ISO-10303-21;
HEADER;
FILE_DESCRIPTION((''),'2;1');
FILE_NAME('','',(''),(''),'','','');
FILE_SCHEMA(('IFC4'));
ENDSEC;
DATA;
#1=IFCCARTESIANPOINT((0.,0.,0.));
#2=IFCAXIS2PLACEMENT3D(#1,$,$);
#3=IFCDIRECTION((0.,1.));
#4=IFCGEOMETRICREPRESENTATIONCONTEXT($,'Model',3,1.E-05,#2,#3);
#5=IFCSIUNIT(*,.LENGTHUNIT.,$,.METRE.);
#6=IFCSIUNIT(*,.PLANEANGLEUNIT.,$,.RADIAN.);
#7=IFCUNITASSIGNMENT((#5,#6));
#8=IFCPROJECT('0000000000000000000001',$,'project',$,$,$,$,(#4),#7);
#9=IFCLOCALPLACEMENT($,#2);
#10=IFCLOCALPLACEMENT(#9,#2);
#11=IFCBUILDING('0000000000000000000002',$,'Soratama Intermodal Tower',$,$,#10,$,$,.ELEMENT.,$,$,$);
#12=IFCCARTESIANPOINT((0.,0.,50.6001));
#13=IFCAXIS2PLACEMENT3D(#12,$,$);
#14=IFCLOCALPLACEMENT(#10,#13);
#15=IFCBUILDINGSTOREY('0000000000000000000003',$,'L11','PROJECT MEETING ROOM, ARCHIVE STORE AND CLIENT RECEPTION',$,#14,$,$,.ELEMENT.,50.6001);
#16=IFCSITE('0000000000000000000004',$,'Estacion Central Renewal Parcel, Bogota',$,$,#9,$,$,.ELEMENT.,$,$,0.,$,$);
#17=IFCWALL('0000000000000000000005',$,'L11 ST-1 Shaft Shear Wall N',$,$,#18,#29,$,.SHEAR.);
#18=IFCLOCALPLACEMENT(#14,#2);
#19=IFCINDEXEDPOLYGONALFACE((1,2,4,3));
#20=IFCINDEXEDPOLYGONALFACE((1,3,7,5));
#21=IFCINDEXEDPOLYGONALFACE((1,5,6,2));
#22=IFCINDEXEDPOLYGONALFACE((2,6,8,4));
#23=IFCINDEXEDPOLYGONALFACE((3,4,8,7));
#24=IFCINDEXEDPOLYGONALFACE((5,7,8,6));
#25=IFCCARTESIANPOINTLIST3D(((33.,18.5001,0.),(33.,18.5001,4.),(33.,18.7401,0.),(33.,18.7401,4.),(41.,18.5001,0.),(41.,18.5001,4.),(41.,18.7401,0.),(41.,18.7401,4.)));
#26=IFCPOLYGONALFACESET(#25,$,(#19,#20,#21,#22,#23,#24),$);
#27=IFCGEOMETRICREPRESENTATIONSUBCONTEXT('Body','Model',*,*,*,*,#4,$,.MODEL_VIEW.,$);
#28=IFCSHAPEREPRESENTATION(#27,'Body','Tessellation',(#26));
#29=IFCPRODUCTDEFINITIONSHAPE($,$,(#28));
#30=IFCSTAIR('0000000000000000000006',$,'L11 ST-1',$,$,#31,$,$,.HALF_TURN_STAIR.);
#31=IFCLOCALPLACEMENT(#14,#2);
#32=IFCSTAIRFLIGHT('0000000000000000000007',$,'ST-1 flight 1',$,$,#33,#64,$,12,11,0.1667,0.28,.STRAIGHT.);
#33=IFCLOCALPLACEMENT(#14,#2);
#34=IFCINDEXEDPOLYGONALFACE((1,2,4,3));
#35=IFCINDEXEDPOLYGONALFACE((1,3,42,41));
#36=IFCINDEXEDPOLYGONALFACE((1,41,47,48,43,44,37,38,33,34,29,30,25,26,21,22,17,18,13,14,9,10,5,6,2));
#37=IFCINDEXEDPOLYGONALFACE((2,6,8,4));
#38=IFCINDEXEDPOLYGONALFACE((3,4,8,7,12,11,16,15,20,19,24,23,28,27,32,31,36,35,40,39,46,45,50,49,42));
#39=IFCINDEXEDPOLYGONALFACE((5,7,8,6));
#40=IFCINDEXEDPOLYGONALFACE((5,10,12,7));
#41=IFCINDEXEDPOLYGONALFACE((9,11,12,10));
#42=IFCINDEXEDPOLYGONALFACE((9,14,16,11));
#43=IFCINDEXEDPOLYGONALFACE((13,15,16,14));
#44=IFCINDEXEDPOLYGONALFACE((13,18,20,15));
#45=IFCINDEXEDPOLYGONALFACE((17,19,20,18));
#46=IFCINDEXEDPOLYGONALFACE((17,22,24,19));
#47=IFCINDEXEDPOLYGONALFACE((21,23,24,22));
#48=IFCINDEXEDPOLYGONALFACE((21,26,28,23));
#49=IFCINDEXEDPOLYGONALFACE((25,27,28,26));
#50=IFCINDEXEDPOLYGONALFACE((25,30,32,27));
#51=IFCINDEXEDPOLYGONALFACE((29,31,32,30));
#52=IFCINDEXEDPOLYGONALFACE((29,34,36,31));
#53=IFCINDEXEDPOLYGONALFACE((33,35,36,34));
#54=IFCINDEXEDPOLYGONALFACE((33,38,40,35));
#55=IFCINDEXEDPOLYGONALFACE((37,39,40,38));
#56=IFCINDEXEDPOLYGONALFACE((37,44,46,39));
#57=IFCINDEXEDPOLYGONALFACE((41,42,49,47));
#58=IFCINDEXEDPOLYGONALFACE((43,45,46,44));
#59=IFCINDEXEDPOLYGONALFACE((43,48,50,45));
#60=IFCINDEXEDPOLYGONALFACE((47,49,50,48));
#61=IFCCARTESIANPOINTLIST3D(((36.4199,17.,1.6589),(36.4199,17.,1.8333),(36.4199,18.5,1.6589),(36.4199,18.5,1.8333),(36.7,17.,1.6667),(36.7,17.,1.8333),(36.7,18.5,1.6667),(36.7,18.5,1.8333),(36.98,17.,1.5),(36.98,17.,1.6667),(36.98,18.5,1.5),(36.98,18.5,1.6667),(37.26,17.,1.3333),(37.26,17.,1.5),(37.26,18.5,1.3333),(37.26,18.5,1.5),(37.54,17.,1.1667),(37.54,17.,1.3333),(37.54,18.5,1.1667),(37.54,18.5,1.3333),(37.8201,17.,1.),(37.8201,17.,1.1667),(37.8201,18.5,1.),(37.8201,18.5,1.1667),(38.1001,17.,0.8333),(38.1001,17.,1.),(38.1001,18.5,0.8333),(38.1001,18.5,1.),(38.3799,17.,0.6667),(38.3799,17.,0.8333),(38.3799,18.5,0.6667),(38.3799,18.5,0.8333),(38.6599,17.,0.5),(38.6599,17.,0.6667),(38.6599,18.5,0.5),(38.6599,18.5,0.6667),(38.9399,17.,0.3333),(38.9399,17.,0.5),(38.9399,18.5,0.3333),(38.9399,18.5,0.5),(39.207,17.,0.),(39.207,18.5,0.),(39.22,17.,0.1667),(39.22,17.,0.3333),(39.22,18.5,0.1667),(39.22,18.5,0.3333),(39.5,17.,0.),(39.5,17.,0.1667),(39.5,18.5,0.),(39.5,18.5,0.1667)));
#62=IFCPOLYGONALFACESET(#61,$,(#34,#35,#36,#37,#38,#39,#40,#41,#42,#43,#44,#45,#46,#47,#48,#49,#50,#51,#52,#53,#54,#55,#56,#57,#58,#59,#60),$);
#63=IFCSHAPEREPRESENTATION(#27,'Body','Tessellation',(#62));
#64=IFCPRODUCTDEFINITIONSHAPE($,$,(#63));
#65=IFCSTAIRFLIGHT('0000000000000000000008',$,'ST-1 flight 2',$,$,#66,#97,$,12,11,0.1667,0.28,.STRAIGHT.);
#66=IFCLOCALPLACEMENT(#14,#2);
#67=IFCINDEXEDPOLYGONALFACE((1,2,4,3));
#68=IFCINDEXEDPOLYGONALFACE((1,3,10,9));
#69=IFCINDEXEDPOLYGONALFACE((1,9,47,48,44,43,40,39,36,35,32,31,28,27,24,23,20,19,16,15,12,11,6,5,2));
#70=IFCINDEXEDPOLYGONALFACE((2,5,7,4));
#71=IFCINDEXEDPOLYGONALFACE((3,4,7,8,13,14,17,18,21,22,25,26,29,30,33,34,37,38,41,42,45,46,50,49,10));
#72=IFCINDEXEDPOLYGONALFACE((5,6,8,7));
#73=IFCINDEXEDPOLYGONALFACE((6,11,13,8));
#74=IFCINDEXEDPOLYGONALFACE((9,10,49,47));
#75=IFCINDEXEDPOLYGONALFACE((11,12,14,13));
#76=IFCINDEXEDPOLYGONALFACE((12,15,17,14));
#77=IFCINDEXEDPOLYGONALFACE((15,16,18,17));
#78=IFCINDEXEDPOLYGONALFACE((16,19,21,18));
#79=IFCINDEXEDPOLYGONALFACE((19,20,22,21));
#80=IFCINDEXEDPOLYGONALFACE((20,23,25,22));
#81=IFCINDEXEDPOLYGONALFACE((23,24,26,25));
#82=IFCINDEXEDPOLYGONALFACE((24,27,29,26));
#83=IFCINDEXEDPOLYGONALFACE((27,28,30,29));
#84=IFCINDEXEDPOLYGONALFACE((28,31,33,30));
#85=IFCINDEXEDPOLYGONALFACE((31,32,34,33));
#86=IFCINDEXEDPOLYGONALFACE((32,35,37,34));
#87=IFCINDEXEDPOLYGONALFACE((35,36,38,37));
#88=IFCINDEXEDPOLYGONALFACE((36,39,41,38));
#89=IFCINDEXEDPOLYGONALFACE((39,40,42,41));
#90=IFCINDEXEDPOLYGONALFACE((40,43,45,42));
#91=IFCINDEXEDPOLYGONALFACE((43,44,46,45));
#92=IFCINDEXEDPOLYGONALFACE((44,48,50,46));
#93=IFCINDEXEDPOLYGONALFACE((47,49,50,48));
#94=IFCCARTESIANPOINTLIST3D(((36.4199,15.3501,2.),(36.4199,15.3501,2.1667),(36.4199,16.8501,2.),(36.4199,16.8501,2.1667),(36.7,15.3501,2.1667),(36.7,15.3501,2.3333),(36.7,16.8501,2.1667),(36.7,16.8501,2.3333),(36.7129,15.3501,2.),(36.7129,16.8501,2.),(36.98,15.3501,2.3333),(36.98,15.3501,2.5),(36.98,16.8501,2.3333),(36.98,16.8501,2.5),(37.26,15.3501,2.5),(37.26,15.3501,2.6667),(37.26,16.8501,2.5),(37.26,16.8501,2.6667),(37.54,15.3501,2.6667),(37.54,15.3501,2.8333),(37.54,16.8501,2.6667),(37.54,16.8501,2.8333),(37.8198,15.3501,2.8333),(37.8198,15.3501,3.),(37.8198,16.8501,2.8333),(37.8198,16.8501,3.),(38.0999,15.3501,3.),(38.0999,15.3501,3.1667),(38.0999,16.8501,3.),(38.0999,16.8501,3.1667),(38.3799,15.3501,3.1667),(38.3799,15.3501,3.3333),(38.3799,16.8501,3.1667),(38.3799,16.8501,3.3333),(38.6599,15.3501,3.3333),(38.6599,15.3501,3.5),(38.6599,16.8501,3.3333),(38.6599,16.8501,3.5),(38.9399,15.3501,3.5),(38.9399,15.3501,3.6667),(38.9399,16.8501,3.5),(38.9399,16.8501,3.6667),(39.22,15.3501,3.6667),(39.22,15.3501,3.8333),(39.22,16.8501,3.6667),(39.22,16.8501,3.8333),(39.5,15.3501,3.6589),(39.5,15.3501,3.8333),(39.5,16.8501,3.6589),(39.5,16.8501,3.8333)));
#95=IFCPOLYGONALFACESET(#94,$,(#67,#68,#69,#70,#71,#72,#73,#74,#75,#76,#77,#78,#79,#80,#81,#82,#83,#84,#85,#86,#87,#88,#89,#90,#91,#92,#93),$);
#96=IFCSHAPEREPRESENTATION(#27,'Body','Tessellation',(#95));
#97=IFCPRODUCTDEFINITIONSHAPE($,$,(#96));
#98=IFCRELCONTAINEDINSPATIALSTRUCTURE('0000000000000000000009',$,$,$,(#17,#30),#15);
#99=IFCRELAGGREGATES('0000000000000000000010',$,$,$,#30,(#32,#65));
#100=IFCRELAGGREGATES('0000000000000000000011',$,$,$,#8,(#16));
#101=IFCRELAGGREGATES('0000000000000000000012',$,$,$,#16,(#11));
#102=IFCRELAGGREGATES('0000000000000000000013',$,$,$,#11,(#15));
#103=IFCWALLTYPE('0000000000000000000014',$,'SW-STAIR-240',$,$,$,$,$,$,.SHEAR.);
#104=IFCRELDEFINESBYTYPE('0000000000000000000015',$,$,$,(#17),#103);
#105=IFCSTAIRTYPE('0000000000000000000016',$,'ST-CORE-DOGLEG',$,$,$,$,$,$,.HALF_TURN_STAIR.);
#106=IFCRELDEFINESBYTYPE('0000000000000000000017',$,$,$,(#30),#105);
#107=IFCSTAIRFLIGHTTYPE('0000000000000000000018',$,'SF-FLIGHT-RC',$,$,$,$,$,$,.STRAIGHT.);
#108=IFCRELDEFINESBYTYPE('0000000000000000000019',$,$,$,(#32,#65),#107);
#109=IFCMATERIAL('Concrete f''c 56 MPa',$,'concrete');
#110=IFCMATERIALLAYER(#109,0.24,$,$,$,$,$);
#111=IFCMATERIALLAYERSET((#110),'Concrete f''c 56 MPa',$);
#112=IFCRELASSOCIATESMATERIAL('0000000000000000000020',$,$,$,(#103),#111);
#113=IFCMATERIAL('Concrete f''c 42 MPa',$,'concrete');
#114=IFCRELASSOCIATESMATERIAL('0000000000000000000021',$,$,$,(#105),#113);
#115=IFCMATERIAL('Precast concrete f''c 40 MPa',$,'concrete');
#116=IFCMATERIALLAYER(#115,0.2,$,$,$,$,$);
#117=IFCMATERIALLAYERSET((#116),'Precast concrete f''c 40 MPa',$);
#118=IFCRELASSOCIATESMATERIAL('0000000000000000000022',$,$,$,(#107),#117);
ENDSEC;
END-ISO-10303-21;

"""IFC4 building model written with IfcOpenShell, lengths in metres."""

from ifc_helpers import new_model, si_unit, direction, frame, frame_2d, origin, place, context, subcontext, project, spatial, polyline, rectangle, outline, extrude, material, layer, layer_set, type_object, element, aggregate, save


model = new_model("IFC4")

# Units and contexts
model_context = context("Model", 3, precision=1e-05, world=origin(), true_north=direction((0.0, 1.0)))
body_context = subcontext(model_context, "Body", "Model", "MODEL_VIEW")
ifc_project = project(units=[si_unit("LENGTHUNIT", "METRE"), si_unit("PLANEANGLEUNIT", "RADIAN")], contexts=[model_context])

# Site, building, storey
site_placement = place(None, origin())
site = spatial("IfcSite", under=ifc_project, at=site_placement, Name="Estacion Central Renewal Parcel, Bogota", CompositionType="ELEMENT", RefElevation=0.0)
building_placement = place(site_placement, origin())
building = spatial("IfcBuilding", under=site, at=building_placement, Name="Soratama Intermodal Tower", CompositionType="ELEMENT")
storey_placement = place(building_placement, frame((0.0, 0.0, 50.6001)))
storey = spatial("IfcBuildingStorey", under=building, at=storey_placement, Name="L11", Description="PROJECT MEETING ROOM, ARCHIVE STORE AND CLIENT RECEPTION", CompositionType="ELEMENT", Elevation=50.6001)

# Wall
ifc_material_1 = material(Name="Concrete f'c 56 MPa", Category="concrete")
ifc_layer_1 = layer(ifc_material_1, 0.24)
ifc_layer_set_1 = layer_set([ifc_layer_1], Name="Concrete f'c 56 MPa")
wall_type_1 = type_object("IfcWallType", Name="SW-STAIR-240", PredefinedType="SHEAR", material=ifc_layer_set_1)
for number, where, z_axis, x_axis, name in (
    (1, (33.0, 18.6201, 0.0), (0.0, 0.0, 1.0), (1.0, 0.0, 0.0), "L11 ST-1 Shaft Shear Wall N"),
):
    element("IfcWall", number, at=place(storey_placement, frame(where, z_axis=z_axis, x_axis=x_axis)), inside=storey, type_object=wall_type_1, Name=name, PredefinedType="SHEAR", context=body_context, shape_type="SweptSolid", body=[
        extrude(rectangle(XDim=8.0, YDim=0.24, at=frame_2d((4.0, 0.0))), origin(), (0.0, 0.0, 1.0), 4.0),
    ])

# Stair, stair flights
ifc_material_2 = material(Name="Concrete f'c 42 MPa", Category="concrete")
stair_type = type_object("IfcStairType", Name="ST-CORE-DOGLEG", PredefinedType="HALF_TURN_STAIR", material=ifc_material_2)
stair_placement = place(storey_placement, origin())
stair = element("IfcStair", 2, at=stair_placement, inside=storey, type_object=stair_type, Name="L11 ST-1", PredefinedType="HALF_TURN_STAIR")
ifc_material_3 = material(Name="Precast concrete f'c 40 MPa", Category="concrete")
ifc_layer_2 = layer(ifc_material_3, 0.2)
ifc_layer_set_2 = layer_set([ifc_layer_2], Name="Precast concrete f'c 40 MPa")
stair_flight_type = type_object("IfcStairFlightType", Name="SF-FLIGHT-RC", PredefinedType="STRAIGHT", material=ifc_layer_set_2)
stair_flight_1_placement = place(storey_placement, frame((39.5, 17.75, 0.0), z_axis=(0.0, 0.0, 1.0), x_axis=(-1.0, 0.0, 0.0)))
stair_flight_1 = element("IfcStairFlight", 3, at=stair_flight_1_placement, type_object=stair_flight_type, Name="ST-1 flight 1", NumberOfRisers=12, NumberOfTreads=11, PredefinedType="STRAIGHT", RiserHeight=0.1667, TreadLength=0.28, context=body_context, shape_type="SweptSolid", body=[
    extrude(outline(polyline([(0.0, 0.0), (0.0, 0.1667), (0.28, 0.1667), (0.28, 0.3333), (0.5601, 0.3333), (0.5601, 0.5), (0.8401, 0.5), (0.8401, 0.6667), (1.1201, 0.6667), (1.1201, 0.8333), (1.3999, 0.8333), (1.3999, 1.0), (1.6799, 1.0), (1.6799, 1.1667), (1.96, 1.1667), (1.96, 1.3333), (2.24, 1.3333), (2.24, 1.5), (2.52, 1.5), (2.52, 1.6667), (2.8, 1.6667), (2.8, 1.8333), (3.0801, 1.8333), (3.0801, 2.0), (3.0801, 1.6589), (0.293, 0.0), (0.0, 0.0)])), frame((0.0, 0.75, 0.0), z_axis=(0.0, -1.0, 0.0), x_axis=(1.0, 0.0, 0.0)), (0.0, 0.0, 1.0), 1.5),
])
stair_flight_2_placement = place(storey_placement, frame((36.4199, 16.1001, 2.0), z_axis=(0.0, 0.0, 1.0), x_axis=(1.0, 0.0, 0.0)))
stair_flight_2 = element("IfcStairFlight", 4, at=stair_flight_2_placement, type_object=stair_flight_type, Name="ST-1 flight 2", NumberOfRisers=12, NumberOfTreads=11, PredefinedType="STRAIGHT", RiserHeight=0.1667, TreadLength=0.28, context=body_context, shape_type="SweptSolid", body=[
    extrude(outline(polyline([(0.0, 0.0), (0.0, 0.1667), (0.28, 0.1667), (0.28, 0.3333), (0.5601, 0.3333), (0.5601, 0.5), (0.8401, 0.5), (0.8401, 0.6667), (1.1201, 0.6667), (1.1201, 0.8333), (1.3999, 0.8333), (1.3999, 1.0), (1.6799, 1.0), (1.6799, 1.1667), (1.96, 1.1667), (1.96, 1.3333), (2.24, 1.3333), (2.24, 1.5), (2.52, 1.5), (2.52, 1.6667), (2.8, 1.6667), (2.8, 1.8333), (3.0801, 1.8333), (3.0801, 2.0), (3.0801, 1.6589), (0.293, 0.0), (0.0, 0.0)])), frame((0.0, 0.75, 0.0), z_axis=(0.0, -1.0, 0.0), x_axis=(1.0, 0.0, 0.0)), (0.0, 0.0, 1.0), 1.5),
])
aggregate(stair, [stair_flight_1, stair_flight_2])

save(model, "model.ifc")
